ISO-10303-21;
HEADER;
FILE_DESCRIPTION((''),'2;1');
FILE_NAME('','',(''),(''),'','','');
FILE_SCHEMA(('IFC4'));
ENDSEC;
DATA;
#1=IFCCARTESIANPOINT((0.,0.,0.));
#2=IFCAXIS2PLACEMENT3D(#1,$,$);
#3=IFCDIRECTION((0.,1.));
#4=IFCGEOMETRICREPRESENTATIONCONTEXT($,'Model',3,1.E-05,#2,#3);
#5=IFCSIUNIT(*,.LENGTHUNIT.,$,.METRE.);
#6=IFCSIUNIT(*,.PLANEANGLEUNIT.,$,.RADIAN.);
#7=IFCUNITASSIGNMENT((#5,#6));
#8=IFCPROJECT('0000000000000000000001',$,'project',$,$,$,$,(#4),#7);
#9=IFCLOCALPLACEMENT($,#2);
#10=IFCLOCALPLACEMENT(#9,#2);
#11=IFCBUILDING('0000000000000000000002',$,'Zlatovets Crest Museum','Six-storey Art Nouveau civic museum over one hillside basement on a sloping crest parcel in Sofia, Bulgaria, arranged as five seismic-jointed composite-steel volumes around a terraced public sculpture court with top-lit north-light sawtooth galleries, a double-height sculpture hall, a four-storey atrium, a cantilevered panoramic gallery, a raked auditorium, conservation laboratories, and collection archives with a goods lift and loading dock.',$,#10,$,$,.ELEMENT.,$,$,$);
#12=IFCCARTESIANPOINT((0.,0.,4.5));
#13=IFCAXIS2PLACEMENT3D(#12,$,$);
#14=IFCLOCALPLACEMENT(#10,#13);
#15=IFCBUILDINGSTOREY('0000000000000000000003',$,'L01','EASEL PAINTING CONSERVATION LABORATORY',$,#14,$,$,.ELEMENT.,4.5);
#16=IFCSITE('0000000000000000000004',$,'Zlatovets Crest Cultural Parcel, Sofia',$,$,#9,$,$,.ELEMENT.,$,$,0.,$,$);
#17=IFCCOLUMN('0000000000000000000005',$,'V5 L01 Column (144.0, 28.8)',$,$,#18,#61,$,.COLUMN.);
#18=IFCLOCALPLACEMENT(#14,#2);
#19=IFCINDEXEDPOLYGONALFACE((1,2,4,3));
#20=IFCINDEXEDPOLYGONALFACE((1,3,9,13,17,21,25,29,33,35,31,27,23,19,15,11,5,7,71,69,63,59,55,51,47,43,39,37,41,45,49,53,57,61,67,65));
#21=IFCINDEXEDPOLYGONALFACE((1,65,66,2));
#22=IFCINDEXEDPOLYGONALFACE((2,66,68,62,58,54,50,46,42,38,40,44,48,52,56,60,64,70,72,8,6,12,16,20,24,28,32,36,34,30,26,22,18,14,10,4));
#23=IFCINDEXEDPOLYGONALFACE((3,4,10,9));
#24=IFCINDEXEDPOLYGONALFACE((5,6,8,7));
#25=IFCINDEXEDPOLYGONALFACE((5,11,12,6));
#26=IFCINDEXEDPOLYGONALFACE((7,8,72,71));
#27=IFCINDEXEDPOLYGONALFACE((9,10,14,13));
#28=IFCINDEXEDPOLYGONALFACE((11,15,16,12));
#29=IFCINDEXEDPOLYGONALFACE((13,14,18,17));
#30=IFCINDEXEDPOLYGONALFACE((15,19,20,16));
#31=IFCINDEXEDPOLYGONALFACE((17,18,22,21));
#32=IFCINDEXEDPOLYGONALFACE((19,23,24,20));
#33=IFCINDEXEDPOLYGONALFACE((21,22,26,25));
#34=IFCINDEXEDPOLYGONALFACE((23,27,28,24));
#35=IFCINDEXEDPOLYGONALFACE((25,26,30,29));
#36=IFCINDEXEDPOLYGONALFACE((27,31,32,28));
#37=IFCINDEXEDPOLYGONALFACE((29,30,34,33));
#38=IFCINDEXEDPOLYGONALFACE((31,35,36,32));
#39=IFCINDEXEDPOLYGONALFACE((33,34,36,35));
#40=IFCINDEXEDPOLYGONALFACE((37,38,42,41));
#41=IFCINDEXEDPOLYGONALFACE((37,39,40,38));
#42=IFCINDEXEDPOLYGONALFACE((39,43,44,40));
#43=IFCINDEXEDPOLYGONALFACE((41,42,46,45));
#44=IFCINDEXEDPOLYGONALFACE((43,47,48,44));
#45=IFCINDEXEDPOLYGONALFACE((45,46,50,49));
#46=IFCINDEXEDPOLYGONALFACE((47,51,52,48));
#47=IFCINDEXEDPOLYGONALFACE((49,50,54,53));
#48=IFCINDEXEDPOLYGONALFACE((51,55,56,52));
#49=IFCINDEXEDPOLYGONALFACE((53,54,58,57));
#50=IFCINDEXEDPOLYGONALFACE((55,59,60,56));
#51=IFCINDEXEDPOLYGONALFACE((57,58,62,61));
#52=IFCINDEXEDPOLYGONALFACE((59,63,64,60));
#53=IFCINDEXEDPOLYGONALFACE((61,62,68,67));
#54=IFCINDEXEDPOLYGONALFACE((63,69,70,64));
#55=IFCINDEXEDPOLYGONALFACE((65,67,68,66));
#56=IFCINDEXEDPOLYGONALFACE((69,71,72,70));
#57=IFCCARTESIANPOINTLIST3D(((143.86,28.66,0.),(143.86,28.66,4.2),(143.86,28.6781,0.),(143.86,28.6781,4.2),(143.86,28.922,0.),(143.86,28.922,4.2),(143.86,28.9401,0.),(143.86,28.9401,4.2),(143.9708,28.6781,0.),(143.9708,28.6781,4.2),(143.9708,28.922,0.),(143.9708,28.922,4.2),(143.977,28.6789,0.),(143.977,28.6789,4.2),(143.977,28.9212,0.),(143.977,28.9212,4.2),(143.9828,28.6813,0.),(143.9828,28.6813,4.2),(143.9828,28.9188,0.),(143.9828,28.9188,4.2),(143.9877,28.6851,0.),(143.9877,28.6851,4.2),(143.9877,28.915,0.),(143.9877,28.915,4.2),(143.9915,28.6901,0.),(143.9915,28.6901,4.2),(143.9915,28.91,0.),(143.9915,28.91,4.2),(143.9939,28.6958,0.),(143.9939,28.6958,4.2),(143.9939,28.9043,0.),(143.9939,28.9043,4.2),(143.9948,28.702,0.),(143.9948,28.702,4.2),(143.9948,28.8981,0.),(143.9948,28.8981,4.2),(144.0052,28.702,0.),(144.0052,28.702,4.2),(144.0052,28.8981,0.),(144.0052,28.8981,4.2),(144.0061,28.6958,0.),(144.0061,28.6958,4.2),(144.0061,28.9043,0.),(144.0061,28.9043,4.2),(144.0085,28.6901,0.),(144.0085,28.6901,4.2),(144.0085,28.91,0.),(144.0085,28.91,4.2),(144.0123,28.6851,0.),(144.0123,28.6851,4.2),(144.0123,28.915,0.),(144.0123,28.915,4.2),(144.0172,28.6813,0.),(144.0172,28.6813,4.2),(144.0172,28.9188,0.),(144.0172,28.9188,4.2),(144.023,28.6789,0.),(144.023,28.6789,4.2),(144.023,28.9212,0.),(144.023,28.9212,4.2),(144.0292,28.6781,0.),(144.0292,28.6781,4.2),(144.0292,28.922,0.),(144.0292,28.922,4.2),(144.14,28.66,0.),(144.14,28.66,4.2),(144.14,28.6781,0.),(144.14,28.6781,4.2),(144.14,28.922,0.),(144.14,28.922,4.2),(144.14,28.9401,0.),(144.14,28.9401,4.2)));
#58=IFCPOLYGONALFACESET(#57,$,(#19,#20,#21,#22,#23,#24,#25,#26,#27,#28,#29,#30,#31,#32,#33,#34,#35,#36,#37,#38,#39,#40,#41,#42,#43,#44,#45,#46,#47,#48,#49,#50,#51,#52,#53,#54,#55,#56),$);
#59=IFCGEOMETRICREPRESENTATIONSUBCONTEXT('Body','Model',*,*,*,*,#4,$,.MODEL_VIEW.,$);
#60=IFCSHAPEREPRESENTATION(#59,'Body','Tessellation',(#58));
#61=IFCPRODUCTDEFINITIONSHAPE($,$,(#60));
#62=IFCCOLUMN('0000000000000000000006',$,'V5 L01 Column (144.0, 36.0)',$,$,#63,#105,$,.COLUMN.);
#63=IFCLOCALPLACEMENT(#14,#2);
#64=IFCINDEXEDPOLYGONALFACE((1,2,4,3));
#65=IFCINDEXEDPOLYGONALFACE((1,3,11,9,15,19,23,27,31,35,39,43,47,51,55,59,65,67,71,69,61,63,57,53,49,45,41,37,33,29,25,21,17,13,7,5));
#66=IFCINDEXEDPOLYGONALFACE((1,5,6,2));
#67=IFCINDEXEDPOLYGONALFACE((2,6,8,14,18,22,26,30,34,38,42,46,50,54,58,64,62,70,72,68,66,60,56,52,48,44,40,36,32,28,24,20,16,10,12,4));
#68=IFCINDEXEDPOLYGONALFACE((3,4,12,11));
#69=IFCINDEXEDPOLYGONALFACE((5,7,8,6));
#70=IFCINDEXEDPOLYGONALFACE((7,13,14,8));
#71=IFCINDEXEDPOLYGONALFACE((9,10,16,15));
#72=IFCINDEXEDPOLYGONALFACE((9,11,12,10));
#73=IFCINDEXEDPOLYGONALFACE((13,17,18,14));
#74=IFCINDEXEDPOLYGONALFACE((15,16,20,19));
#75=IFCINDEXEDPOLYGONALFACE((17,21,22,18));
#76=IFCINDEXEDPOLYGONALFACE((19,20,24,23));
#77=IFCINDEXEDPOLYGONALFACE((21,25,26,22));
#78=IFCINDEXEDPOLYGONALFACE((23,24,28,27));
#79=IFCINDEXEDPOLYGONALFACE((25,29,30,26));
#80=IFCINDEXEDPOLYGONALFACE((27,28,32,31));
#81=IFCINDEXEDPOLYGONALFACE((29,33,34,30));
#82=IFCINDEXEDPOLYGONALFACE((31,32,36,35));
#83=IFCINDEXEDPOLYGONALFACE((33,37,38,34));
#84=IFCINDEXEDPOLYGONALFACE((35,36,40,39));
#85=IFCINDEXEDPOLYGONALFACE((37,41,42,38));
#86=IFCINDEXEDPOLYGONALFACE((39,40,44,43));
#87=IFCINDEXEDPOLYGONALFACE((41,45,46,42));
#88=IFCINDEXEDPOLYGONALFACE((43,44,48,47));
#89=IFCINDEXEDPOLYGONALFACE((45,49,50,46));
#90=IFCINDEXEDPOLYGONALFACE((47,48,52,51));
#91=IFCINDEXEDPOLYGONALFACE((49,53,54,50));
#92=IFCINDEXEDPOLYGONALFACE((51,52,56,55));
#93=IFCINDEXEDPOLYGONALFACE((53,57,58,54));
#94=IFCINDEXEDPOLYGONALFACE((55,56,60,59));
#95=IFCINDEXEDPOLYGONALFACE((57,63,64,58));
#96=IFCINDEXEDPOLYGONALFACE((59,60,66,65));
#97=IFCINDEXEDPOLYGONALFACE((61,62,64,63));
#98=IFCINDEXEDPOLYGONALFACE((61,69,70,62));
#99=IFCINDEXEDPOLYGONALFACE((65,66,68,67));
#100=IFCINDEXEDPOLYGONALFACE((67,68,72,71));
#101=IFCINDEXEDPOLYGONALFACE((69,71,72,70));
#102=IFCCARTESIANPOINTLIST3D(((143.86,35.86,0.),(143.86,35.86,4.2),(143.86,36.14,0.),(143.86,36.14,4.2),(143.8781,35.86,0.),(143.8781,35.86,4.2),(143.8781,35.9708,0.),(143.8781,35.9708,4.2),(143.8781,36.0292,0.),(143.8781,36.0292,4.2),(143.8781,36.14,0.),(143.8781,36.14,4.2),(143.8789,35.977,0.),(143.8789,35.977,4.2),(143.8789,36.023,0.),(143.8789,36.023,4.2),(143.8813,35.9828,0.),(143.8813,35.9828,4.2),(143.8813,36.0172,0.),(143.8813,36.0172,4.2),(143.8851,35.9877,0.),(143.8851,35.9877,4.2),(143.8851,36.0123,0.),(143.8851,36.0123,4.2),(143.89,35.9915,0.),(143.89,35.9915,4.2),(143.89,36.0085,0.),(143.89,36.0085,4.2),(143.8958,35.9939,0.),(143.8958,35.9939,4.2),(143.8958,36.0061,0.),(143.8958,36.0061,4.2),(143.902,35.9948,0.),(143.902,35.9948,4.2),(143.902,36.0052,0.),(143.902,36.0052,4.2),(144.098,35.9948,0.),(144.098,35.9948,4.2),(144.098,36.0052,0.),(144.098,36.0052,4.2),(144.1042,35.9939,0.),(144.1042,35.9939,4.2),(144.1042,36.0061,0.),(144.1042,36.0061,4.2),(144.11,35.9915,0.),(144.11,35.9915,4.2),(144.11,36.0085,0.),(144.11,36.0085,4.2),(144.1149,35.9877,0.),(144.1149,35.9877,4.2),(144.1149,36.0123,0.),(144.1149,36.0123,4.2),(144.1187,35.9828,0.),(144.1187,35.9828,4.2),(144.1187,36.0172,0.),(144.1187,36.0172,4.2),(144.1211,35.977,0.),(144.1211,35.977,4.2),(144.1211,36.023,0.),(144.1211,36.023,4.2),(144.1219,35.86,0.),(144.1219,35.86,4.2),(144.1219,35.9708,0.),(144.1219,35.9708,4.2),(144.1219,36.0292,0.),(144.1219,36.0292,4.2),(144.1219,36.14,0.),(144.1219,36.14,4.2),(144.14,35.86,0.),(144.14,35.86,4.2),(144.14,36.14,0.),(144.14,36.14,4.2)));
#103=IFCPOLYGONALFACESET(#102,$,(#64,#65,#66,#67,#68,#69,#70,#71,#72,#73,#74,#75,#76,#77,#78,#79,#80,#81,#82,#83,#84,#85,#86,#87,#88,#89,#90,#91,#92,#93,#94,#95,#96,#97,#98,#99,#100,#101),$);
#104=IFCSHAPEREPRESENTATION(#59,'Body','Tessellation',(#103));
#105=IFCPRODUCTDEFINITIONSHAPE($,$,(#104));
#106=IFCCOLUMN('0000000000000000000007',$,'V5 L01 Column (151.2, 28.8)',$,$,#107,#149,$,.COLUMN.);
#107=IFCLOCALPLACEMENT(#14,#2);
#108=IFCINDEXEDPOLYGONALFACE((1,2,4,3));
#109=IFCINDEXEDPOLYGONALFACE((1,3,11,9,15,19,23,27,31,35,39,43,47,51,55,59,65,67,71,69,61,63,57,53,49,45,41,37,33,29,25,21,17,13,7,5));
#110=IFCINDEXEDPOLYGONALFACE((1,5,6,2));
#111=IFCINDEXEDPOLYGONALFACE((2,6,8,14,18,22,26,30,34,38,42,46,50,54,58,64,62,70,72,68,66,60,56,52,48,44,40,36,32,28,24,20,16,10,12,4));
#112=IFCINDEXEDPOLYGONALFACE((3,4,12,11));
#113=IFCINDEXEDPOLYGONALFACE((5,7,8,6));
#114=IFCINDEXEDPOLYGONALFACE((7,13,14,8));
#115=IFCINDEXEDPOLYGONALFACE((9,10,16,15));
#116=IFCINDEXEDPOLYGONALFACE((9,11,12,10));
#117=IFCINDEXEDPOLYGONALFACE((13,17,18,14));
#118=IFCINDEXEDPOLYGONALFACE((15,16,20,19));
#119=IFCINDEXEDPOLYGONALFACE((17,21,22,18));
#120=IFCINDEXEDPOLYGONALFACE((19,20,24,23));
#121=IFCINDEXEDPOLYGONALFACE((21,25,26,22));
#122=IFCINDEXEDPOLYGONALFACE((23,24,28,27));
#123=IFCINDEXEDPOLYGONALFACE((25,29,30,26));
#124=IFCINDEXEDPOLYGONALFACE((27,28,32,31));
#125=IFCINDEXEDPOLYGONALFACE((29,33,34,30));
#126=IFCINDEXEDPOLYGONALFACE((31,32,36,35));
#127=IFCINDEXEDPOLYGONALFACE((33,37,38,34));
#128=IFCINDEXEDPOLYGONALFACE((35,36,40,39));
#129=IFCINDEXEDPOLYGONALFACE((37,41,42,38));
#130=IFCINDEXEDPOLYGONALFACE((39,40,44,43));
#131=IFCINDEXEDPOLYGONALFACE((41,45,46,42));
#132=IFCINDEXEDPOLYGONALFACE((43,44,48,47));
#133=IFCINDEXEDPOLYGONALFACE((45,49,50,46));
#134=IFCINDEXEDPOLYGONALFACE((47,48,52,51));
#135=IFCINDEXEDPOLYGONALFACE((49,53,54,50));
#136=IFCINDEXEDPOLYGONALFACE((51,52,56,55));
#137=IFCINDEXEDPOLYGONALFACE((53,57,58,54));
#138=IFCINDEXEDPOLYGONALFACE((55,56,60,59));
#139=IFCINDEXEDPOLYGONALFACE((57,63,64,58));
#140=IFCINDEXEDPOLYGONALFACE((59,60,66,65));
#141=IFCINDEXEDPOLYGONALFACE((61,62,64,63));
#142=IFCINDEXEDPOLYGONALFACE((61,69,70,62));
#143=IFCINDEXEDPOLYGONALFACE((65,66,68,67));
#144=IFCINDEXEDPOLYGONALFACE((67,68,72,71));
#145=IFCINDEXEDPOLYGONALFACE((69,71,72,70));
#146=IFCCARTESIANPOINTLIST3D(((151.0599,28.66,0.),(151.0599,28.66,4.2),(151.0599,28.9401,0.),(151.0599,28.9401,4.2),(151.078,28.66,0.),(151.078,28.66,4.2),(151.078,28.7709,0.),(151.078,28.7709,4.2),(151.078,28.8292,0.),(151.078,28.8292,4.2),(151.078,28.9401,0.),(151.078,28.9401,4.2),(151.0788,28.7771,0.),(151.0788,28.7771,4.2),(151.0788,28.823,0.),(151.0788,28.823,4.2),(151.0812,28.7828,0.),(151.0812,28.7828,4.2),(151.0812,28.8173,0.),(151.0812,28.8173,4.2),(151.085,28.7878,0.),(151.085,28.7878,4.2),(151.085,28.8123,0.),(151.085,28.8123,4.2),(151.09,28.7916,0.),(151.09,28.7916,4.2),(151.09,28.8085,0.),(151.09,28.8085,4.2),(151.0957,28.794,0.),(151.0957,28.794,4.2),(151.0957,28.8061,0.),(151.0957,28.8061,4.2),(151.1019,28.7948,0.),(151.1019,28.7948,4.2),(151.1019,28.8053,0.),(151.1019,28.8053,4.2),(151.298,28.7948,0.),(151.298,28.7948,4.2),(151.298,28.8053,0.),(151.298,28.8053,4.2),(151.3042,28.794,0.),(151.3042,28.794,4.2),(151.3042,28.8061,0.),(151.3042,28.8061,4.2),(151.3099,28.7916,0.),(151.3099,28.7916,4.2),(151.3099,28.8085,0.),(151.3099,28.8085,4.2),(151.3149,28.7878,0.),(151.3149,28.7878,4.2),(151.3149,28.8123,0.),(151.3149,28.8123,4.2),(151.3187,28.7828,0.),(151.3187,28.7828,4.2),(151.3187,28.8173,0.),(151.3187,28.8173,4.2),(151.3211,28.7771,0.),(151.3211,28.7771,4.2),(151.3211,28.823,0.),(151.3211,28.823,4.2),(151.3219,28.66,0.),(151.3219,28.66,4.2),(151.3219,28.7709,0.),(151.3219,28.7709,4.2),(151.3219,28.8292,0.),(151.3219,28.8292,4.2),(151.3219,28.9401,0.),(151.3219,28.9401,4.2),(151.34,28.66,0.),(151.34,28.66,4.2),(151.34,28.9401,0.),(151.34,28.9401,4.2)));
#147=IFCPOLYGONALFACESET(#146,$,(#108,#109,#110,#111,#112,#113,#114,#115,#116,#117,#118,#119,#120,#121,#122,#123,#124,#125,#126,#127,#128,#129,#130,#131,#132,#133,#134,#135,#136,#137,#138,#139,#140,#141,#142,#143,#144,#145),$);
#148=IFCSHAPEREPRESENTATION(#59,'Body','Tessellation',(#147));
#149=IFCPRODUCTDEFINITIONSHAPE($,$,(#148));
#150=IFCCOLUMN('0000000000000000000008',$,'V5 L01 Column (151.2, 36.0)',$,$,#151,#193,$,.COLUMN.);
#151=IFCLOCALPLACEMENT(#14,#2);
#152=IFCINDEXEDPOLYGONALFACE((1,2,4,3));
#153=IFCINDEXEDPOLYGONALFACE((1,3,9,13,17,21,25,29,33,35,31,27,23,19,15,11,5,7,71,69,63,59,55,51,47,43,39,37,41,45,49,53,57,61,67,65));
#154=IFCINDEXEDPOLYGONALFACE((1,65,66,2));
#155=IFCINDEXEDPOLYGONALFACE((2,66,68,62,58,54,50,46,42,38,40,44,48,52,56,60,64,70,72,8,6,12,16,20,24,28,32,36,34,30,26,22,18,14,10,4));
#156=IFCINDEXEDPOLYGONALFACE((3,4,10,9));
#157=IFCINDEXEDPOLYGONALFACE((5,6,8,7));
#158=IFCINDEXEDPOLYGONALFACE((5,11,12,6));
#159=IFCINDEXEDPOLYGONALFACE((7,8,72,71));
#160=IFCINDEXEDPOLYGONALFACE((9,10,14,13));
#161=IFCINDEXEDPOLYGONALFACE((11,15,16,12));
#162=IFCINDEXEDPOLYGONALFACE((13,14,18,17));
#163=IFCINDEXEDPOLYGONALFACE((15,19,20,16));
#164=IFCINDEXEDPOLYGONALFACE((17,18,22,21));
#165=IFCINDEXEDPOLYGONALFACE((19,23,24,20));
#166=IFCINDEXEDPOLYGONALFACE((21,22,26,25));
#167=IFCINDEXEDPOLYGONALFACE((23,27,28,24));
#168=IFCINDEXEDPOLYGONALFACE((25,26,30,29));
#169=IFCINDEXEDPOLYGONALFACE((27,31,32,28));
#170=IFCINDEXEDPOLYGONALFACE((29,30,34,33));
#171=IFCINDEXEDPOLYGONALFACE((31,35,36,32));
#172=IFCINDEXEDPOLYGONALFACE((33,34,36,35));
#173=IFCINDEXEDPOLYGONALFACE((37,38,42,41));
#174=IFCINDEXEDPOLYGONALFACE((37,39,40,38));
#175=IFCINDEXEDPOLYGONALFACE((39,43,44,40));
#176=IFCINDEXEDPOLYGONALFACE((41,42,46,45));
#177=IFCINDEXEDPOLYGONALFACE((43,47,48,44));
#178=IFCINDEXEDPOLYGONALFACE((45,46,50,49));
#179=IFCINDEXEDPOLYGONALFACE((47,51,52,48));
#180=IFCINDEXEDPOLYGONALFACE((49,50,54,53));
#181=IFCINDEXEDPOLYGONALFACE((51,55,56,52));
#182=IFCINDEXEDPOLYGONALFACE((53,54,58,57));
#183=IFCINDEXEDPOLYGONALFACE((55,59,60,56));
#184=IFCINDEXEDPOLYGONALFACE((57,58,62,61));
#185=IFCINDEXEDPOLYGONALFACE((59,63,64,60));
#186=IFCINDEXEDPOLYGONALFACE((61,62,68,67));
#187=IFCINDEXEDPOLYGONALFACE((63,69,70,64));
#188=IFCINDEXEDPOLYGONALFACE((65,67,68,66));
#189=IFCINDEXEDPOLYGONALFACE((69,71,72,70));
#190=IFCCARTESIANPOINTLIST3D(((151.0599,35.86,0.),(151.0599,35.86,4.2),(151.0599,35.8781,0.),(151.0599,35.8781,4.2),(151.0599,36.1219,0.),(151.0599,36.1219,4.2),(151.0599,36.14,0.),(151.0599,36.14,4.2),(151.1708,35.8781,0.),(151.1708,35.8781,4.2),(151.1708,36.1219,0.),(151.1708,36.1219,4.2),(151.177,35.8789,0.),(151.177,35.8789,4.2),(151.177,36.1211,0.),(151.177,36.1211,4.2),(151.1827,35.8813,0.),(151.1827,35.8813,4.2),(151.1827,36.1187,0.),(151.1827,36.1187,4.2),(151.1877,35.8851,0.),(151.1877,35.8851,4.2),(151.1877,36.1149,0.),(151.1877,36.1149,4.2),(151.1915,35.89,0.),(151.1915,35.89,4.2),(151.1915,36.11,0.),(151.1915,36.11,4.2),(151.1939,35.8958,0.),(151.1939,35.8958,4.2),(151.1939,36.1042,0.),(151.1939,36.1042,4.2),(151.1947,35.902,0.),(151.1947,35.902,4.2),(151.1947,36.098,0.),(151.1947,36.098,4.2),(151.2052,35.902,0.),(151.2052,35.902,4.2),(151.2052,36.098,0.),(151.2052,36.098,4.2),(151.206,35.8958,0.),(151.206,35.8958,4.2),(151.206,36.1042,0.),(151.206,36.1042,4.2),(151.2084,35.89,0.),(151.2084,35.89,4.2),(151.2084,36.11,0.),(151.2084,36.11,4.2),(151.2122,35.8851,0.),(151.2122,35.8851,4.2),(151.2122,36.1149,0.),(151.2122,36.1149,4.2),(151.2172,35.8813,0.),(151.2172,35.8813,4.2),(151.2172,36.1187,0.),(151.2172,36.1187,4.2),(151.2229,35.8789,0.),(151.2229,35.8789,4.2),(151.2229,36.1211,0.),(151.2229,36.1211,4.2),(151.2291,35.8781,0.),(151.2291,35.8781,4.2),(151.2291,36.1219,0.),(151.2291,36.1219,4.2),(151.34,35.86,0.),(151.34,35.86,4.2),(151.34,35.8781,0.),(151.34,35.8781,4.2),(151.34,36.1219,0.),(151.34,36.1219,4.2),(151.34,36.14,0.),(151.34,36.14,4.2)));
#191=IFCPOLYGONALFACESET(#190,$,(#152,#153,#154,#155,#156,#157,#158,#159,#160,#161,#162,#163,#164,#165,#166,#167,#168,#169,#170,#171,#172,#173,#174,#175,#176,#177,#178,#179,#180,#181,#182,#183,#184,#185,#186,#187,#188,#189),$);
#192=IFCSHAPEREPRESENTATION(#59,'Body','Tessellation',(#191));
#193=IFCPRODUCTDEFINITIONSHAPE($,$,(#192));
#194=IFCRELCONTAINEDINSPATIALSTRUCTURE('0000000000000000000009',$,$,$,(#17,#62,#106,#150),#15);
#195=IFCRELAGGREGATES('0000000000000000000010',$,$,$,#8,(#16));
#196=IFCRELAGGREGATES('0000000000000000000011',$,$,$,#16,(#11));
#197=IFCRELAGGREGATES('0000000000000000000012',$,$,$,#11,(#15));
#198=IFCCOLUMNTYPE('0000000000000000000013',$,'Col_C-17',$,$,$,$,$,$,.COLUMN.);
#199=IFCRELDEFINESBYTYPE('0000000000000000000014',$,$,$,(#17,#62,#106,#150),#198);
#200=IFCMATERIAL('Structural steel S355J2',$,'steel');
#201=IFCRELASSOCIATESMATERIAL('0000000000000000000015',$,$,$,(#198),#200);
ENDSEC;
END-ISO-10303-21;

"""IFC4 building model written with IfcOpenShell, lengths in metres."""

from ifc_helpers import new_model, si_unit, direction, frame, origin, origin_2d, place, context, subcontext, project, spatial, i_section, extrude, material, material_profile, profile_set, type_object, element, save


model = new_model("IFC4")

# Units and contexts
model_context = context("Model", 3, precision=1e-05, world=origin(), true_north=direction((0.0, 1.0)))
body_context = subcontext(model_context, "Body", "Model", "MODEL_VIEW")
ifc_project = project(units=[si_unit("LENGTHUNIT", "METRE"), si_unit("PLANEANGLEUNIT", "RADIAN")], contexts=[model_context])

# Site, building, storey
site_placement = place(None, origin())
site = spatial("IfcSite", under=ifc_project, at=site_placement, Name="Zlatovets Crest Cultural Parcel, Sofia", CompositionType="ELEMENT", RefElevation=0.0)
building_placement = place(site_placement, origin())
building = spatial("IfcBuilding", under=site, at=building_placement, Name="Zlatovets Crest Museum", Description="Six-storey Art Nouveau civic museum over one hillside basement on a sloping crest parcel in Sofia, Bulgaria, arranged as five seismic-jointed composite-steel volumes around a terraced public sculpture court with top-lit north-light sawtooth galleries, a double-height sculpture hall, a four-storey atrium, a cantilevered panoramic gallery, a raked auditorium, conservation laboratories, and collection archives with a goods lift and loading dock.", CompositionType="ELEMENT")
storey_placement = place(building_placement, frame((0.0, 0.0, 4.5)))
storey = spatial("IfcBuildingStorey", under=building, at=storey_placement, Name="L01", Description="EASEL PAINTING CONSERVATION LABORATORY", CompositionType="ELEMENT", Elevation=4.5)

# Columns
ifc_material = material(Name="Structural steel S355J2", Category="steel")
ifc_material_profile_1 = material_profile(ifc_material, i_section(OverallWidth=0.28, OverallDepth=0.28, WebThickness=0.0105, FlangeThickness=0.0181, FilletRadius=0.0239, at=origin_2d()), Name="HEB 280")
ifc_profile_set_1 = profile_set([ifc_material_profile_1], Name="Structural steel S355J2")
column_type = type_object("IfcColumnType", Name="Col_C-17", PredefinedType="COLUMN", material=ifc_profile_set_1)
for number, where, z_axis, x_axis, name in (
    (1, (144.0, 28.8, 0.0), (0.0, 0.0, 1.0), (1.0, 0.0, 0.0), "V5 L01 Column (144.0, 28.8)"),
    (2, (144.0, 36.0, 0.0), (0.0, 0.0, 1.0), (0.0, 1.0, 0.0), "V5 L01 Column (144.0, 36.0)"),
    (3, (151.2, 28.8, 0.0), (0.0, 0.0, 1.0), (0.0, 1.0, 0.0), "V5 L01 Column (151.2, 28.8)"),
    (4, (151.2, 36.0, 0.0), (0.0, 0.0, 1.0), (1.0, 0.0, 0.0), "V5 L01 Column (151.2, 36.0)"),
):
    element("IfcColumn", number, at=place(storey_placement, frame(where, z_axis=z_axis, x_axis=x_axis)), inside=storey, type_object=column_type, Name=name, PredefinedType="COLUMN", context=body_context, shape_type="SweptSolid", body=[
        extrude(i_section(OverallWidth=0.28, OverallDepth=0.28, WebThickness=0.0105, FlangeThickness=0.0181, FilletRadius=0.0239, at=origin_2d()), origin(), (0.0, 0.0, 1.0), 4.2),
    ])

save(model, "model.ifc")
